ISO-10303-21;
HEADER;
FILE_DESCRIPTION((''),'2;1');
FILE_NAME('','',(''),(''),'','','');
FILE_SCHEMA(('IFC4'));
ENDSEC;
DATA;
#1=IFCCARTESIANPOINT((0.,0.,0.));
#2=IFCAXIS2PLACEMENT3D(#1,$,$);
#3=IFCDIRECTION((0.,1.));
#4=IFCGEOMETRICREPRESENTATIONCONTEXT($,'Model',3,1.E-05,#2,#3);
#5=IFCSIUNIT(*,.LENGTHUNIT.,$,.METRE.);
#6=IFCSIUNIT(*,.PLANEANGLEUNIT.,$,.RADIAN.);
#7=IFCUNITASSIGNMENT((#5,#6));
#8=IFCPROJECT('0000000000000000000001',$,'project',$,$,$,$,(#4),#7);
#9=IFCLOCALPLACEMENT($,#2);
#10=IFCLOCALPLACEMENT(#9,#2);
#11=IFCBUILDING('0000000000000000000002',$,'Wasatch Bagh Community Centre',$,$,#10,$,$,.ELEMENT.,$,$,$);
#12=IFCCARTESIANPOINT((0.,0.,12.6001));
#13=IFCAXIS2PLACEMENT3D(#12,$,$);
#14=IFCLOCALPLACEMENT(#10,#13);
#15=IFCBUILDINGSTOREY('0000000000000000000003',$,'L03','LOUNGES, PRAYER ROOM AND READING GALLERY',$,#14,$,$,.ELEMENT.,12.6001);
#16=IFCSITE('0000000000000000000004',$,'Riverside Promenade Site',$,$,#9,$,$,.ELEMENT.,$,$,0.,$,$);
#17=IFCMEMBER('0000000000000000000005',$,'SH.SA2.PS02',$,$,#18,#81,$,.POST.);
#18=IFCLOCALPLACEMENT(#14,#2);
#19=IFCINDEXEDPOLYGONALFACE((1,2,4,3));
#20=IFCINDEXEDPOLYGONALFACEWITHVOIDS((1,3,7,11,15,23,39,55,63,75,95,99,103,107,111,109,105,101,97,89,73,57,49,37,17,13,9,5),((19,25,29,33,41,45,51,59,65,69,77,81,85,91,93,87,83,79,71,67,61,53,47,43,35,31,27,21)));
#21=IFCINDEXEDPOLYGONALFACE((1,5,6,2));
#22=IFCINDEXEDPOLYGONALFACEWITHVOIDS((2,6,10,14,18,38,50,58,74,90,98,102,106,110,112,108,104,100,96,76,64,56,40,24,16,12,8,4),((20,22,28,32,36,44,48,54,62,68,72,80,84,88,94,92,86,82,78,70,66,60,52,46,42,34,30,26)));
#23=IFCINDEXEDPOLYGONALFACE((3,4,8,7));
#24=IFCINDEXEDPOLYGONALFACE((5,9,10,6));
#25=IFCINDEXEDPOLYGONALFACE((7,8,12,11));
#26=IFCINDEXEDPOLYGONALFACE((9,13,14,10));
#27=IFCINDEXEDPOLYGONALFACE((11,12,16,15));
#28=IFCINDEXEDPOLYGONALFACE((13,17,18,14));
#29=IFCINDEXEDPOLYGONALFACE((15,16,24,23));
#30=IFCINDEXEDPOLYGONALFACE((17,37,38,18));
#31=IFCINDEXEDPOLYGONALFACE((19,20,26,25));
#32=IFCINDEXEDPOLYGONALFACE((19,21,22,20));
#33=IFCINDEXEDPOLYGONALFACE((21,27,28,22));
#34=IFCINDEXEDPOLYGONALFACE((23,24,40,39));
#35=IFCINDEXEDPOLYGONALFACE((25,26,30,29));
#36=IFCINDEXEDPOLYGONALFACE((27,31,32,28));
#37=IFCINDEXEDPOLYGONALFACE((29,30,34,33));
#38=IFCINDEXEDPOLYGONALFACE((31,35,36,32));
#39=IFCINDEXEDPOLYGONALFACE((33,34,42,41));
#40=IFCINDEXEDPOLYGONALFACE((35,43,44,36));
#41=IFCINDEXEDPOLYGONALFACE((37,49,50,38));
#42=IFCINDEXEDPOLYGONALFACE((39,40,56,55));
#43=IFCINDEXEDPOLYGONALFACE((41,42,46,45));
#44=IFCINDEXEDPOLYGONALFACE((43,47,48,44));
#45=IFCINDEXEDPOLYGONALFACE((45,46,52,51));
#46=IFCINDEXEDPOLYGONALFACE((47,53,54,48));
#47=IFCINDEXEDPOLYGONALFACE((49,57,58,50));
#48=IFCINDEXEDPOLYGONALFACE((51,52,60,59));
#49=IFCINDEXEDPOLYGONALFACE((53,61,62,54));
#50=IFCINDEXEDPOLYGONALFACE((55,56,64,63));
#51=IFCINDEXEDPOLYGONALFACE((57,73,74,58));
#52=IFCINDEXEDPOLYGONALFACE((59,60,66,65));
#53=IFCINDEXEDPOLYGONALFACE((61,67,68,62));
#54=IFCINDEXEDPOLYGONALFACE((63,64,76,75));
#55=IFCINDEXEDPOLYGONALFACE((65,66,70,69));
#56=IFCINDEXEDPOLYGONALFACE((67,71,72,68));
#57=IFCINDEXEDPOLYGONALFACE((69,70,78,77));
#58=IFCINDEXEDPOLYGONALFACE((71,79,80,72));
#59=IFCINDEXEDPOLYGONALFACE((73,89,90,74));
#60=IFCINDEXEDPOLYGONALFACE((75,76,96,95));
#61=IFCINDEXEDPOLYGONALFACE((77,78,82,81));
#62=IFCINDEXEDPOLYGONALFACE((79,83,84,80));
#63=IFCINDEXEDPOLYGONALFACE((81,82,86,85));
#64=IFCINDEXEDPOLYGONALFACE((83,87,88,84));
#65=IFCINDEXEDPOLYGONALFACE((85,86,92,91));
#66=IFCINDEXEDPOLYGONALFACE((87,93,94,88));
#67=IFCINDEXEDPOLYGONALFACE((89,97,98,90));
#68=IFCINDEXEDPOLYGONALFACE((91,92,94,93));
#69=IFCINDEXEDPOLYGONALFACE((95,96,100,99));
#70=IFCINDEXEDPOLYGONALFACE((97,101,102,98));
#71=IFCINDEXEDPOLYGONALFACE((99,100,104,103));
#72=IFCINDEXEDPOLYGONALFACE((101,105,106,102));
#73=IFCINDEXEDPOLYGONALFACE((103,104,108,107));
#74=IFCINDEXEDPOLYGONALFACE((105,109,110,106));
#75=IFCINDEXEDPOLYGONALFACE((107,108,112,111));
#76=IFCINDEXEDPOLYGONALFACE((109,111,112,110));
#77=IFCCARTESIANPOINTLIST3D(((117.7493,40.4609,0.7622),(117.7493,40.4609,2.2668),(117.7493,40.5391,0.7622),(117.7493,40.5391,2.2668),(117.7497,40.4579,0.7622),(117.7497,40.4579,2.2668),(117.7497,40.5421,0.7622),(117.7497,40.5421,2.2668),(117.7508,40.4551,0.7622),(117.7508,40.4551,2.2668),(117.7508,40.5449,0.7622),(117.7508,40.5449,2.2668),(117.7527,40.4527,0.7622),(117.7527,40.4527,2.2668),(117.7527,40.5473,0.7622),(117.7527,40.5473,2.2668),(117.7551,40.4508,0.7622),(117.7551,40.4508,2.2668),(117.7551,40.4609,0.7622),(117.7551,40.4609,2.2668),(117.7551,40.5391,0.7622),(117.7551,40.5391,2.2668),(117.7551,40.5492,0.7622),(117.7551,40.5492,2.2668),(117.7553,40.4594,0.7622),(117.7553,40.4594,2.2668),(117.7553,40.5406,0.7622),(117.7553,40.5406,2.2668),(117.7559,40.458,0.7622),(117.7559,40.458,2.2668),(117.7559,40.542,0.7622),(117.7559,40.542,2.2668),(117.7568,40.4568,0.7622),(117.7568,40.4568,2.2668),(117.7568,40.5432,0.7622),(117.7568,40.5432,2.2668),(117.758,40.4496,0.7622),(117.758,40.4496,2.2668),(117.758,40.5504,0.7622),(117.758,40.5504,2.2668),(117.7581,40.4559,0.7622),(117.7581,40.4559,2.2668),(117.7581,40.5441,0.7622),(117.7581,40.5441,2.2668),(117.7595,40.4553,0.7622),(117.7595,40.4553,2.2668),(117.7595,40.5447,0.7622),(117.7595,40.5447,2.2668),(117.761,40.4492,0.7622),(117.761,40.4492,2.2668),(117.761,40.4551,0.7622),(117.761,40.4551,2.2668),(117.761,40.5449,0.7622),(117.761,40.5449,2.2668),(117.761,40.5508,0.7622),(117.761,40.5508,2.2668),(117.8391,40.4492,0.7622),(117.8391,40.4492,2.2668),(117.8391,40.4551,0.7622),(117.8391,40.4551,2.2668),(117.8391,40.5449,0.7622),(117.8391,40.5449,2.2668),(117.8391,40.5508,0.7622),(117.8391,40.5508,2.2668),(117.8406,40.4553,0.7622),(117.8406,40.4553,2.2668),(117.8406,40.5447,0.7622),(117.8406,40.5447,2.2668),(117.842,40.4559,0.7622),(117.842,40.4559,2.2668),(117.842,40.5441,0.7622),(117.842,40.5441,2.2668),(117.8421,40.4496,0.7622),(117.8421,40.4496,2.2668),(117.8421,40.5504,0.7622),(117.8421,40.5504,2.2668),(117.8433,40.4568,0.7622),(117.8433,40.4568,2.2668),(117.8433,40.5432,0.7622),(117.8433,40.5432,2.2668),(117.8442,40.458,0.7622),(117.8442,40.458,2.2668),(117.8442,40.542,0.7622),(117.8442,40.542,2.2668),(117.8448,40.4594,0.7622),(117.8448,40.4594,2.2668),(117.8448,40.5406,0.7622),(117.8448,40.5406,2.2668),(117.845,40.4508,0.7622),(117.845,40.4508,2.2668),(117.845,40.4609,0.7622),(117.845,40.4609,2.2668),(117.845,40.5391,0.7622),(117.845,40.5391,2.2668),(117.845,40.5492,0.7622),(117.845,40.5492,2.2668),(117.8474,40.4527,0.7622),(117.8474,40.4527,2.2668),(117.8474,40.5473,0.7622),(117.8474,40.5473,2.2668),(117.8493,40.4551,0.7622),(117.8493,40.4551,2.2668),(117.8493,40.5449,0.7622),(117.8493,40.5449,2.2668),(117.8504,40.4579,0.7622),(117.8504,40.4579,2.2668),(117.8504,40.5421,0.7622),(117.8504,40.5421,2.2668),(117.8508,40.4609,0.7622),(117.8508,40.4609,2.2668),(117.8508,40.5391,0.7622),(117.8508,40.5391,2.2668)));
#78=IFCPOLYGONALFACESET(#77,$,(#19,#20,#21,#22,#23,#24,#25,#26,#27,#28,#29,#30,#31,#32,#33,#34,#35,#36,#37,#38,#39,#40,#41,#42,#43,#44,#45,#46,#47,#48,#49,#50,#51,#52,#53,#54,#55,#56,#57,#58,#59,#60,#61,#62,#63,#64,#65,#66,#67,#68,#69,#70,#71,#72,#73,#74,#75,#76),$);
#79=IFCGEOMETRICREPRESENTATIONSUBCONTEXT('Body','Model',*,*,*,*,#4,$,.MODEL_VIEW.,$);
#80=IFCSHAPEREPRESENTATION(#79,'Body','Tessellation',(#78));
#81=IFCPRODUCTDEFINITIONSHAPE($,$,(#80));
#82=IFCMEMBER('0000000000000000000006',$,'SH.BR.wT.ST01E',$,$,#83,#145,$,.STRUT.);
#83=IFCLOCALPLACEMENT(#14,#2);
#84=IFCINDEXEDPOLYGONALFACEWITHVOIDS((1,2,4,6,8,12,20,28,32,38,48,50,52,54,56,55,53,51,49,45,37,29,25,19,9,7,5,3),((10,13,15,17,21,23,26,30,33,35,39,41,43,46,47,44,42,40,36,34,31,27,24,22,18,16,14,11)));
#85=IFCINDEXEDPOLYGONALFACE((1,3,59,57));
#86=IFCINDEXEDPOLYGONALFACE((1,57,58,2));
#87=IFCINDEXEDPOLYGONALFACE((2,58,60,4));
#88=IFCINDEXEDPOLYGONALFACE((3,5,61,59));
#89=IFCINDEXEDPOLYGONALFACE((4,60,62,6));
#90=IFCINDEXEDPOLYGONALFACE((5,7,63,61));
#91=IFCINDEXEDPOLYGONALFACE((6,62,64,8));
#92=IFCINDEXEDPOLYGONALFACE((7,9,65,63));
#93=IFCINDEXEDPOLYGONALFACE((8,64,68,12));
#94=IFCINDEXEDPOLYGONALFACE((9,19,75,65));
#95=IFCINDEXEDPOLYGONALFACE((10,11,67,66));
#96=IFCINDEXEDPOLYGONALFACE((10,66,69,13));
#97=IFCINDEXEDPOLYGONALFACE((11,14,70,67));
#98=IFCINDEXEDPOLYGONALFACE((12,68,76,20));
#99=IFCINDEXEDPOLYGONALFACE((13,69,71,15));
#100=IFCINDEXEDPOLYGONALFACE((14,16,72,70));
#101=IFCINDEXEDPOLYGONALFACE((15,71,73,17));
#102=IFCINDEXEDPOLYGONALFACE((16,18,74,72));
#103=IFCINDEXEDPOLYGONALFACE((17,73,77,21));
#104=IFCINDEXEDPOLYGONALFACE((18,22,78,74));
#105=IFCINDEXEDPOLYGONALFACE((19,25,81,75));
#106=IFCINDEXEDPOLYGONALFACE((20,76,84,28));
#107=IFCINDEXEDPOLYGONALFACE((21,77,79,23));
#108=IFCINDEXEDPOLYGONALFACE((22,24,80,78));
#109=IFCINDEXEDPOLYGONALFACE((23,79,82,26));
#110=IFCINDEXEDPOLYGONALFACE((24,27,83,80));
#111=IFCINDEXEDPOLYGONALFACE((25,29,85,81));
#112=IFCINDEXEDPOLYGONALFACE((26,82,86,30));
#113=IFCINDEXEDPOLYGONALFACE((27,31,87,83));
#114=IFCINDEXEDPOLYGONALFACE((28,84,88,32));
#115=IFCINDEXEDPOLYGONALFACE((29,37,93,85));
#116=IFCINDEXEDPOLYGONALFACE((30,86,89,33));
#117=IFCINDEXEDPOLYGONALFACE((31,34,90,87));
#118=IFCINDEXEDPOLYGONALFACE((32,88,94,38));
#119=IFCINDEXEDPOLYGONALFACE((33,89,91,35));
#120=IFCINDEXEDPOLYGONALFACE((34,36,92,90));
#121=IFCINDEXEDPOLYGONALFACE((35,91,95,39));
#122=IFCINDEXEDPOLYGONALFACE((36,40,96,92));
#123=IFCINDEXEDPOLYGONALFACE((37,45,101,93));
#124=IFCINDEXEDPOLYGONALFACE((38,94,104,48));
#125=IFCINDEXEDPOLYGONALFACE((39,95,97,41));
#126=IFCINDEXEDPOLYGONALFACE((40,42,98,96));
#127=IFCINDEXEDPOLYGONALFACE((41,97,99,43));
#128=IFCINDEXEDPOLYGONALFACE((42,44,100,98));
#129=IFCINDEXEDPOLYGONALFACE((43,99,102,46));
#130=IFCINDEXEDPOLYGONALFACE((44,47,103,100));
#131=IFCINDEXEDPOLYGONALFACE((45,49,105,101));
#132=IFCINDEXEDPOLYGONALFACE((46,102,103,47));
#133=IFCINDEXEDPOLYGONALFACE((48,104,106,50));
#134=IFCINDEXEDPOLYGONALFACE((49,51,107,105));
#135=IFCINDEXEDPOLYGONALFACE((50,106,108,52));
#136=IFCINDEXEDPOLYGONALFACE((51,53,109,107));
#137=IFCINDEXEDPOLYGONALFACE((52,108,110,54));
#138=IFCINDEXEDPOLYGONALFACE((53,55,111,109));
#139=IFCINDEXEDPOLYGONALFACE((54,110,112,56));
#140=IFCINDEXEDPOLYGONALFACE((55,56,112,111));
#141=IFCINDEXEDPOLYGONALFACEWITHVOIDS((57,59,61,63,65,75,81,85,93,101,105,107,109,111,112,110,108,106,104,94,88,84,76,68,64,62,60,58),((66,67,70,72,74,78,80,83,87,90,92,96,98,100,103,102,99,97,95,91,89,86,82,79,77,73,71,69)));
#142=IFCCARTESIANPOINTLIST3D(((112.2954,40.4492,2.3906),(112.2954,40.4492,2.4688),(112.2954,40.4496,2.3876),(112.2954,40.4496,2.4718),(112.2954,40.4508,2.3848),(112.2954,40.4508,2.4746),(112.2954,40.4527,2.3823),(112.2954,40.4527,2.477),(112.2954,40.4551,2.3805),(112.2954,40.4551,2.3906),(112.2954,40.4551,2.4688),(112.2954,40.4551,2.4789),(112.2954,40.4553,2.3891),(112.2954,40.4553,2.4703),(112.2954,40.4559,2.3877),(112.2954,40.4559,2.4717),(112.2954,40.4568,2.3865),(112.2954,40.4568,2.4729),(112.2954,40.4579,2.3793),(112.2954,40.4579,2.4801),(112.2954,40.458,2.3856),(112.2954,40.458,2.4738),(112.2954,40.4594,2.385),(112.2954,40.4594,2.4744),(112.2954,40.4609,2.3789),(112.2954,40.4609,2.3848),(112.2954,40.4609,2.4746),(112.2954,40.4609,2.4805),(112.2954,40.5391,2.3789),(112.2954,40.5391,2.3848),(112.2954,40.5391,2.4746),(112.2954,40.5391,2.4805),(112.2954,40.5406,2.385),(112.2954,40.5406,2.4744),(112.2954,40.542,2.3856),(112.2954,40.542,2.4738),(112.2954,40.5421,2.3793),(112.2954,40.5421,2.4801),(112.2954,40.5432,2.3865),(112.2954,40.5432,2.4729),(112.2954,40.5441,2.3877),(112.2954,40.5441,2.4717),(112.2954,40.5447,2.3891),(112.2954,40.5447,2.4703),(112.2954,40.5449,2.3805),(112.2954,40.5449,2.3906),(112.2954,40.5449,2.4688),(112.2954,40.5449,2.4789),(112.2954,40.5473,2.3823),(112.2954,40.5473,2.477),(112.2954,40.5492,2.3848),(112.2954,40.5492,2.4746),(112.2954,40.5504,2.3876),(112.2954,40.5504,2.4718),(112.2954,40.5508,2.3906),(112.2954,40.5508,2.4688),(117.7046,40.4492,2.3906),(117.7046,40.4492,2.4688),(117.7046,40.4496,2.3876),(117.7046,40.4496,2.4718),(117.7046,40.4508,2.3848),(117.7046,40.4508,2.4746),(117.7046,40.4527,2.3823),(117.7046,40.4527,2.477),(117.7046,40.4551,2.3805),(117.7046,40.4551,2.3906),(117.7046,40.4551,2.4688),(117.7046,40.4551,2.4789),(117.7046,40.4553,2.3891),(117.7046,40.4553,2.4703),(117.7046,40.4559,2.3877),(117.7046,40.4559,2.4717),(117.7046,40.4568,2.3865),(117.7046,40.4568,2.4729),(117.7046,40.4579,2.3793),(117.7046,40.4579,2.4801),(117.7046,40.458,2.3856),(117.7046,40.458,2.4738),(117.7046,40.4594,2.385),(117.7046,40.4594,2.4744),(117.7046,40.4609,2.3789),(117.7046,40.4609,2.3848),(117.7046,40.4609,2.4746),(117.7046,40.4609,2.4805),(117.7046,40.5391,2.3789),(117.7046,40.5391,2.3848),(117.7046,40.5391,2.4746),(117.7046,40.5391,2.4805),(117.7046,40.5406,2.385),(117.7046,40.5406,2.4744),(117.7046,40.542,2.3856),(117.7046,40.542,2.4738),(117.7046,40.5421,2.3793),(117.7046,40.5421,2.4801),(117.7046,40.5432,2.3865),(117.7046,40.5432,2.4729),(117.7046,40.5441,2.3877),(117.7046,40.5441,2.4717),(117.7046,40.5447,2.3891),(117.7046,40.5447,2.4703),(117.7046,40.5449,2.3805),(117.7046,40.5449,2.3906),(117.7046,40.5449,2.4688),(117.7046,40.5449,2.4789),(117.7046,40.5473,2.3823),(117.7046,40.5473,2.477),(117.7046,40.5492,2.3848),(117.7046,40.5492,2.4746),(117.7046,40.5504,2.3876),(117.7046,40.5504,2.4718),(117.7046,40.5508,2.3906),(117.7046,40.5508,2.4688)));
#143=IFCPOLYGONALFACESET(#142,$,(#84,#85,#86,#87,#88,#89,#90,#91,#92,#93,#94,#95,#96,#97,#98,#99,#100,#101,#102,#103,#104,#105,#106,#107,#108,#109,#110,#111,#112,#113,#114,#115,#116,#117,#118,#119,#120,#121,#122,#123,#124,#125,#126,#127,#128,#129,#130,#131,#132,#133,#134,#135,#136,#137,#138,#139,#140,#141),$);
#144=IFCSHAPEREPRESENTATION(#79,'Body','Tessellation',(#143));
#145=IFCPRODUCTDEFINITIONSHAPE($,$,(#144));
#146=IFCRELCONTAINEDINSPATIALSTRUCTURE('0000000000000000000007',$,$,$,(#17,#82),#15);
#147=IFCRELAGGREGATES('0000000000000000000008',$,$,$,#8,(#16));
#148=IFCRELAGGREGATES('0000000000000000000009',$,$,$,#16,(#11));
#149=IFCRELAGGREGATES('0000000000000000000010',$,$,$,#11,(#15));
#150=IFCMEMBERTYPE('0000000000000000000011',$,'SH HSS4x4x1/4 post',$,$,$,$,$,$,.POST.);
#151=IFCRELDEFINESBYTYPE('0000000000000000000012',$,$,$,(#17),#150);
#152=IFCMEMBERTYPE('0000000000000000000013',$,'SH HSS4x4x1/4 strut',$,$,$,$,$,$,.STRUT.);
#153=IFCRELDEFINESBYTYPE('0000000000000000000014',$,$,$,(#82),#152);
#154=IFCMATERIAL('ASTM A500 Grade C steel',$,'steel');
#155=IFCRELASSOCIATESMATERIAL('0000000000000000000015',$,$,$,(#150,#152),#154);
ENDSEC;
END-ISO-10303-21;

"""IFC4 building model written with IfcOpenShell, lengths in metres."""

from ifc_helpers import new_model, si_unit, direction, frame, origin, origin_2d, place, context, subcontext, project, spatial, hollow_rectangle, extrude, material, material_profile, profile_set, type_object, element, save


model = new_model("IFC4")

# Units and contexts
model_context = context("Model", 3, precision=1e-05, world=origin(), true_north=direction((0.0, 1.0)))
body_context = subcontext(model_context, "Body", "Model", "MODEL_VIEW")
ifc_project = project(units=[si_unit("LENGTHUNIT", "METRE"), si_unit("PLANEANGLEUNIT", "RADIAN")], contexts=[model_context])

# Site, building, storey
site_placement = place(None, origin())
site = spatial("IfcSite", under=ifc_project, at=site_placement, Name="Riverside Promenade Site", CompositionType="ELEMENT", RefElevation=0.0)
building_placement = place(site_placement, origin())
building = spatial("IfcBuilding", under=site, at=building_placement, Name="Wasatch Bagh Community Centre", CompositionType="ELEMENT")
storey_placement = place(building_placement, frame((0.0, 0.0, 12.6001)))
storey = spatial("IfcBuildingStorey", under=building, at=storey_placement, Name="L03", Description="LOUNGES, PRAYER ROOM AND READING GALLERY", CompositionType="ELEMENT", Elevation=12.6001)

# Members
ifc_material_1 = material(Name="ASTM A500 Grade C steel", Category="steel")
ifc_material_profile_1 = material_profile(ifc_material_1, hollow_rectangle(XDim=0.1016, YDim=0.1016, WallThickness=0.0059, InnerFilletRadius=0.0059, OuterFilletRadius=0.0117, at=origin_2d()), Name="HSS4x4x1/4")
ifc_profile_set_1 = profile_set([ifc_material_profile_1], Name="ASTM A500 Grade C steel")
member_type_1 = type_object("IfcMemberType", Name="SH HSS4x4x1/4 post", PredefinedType="POST", material=ifc_profile_set_1)
member_1_placement = place(storey_placement, frame((117.8, 40.5, 0.7622), z_axis=(0.0, 0.0, 1.0), x_axis=(1.0, 0.0, 0.0)))
element("IfcMember", 1, at=member_1_placement, inside=storey, type_object=member_type_1, Name="SH.SA2.PS02", PredefinedType="POST", context=body_context, shape_type="SweptSolid", body=[
    extrude(hollow_rectangle(XDim=0.1016, YDim=0.1016, WallThickness=0.0059, InnerFilletRadius=0.0059, OuterFilletRadius=0.0117, at=origin_2d()), origin(), (0.0, 0.0, 1.0), 1.5046),
])
ifc_material_profile_2 = material_profile(ifc_material_1, hollow_rectangle(XDim=0.1016, YDim=0.1016, WallThickness=0.0059, InnerFilletRadius=0.0059, OuterFilletRadius=0.0117, at=origin_2d()), Name="HSS4x4x1/4")
ifc_profile_set_2 = profile_set([ifc_material_profile_2], Name="ASTM A500 Grade C steel")
member_type_2 = type_object("IfcMemberType", Name="SH HSS4x4x1/4 strut", PredefinedType="STRUT", material=ifc_profile_set_2)
for number, where, z_axis, x_axis, name in (
    (2, (112.2954, 40.5, 2.4297), (1.0, 0.0, 0.0), (0.0, 1.0, 0.0), "SH.BR.wT.ST01E"),
):
    element("IfcMember", number, at=place(storey_placement, frame(where, z_axis=z_axis, x_axis=x_axis)), inside=storey, type_object=member_type_2, Name=name, PredefinedType="STRUT", context=body_context, shape_type="SweptSolid", body=[
        extrude(hollow_rectangle(XDim=0.1016, YDim=0.1016, WallThickness=0.0059, InnerFilletRadius=0.0059, OuterFilletRadius=0.0117, at=origin_2d()), origin(), (0.0, 0.0, 1.0), 5.4092),
    ])

save(model, "model.ifc")
